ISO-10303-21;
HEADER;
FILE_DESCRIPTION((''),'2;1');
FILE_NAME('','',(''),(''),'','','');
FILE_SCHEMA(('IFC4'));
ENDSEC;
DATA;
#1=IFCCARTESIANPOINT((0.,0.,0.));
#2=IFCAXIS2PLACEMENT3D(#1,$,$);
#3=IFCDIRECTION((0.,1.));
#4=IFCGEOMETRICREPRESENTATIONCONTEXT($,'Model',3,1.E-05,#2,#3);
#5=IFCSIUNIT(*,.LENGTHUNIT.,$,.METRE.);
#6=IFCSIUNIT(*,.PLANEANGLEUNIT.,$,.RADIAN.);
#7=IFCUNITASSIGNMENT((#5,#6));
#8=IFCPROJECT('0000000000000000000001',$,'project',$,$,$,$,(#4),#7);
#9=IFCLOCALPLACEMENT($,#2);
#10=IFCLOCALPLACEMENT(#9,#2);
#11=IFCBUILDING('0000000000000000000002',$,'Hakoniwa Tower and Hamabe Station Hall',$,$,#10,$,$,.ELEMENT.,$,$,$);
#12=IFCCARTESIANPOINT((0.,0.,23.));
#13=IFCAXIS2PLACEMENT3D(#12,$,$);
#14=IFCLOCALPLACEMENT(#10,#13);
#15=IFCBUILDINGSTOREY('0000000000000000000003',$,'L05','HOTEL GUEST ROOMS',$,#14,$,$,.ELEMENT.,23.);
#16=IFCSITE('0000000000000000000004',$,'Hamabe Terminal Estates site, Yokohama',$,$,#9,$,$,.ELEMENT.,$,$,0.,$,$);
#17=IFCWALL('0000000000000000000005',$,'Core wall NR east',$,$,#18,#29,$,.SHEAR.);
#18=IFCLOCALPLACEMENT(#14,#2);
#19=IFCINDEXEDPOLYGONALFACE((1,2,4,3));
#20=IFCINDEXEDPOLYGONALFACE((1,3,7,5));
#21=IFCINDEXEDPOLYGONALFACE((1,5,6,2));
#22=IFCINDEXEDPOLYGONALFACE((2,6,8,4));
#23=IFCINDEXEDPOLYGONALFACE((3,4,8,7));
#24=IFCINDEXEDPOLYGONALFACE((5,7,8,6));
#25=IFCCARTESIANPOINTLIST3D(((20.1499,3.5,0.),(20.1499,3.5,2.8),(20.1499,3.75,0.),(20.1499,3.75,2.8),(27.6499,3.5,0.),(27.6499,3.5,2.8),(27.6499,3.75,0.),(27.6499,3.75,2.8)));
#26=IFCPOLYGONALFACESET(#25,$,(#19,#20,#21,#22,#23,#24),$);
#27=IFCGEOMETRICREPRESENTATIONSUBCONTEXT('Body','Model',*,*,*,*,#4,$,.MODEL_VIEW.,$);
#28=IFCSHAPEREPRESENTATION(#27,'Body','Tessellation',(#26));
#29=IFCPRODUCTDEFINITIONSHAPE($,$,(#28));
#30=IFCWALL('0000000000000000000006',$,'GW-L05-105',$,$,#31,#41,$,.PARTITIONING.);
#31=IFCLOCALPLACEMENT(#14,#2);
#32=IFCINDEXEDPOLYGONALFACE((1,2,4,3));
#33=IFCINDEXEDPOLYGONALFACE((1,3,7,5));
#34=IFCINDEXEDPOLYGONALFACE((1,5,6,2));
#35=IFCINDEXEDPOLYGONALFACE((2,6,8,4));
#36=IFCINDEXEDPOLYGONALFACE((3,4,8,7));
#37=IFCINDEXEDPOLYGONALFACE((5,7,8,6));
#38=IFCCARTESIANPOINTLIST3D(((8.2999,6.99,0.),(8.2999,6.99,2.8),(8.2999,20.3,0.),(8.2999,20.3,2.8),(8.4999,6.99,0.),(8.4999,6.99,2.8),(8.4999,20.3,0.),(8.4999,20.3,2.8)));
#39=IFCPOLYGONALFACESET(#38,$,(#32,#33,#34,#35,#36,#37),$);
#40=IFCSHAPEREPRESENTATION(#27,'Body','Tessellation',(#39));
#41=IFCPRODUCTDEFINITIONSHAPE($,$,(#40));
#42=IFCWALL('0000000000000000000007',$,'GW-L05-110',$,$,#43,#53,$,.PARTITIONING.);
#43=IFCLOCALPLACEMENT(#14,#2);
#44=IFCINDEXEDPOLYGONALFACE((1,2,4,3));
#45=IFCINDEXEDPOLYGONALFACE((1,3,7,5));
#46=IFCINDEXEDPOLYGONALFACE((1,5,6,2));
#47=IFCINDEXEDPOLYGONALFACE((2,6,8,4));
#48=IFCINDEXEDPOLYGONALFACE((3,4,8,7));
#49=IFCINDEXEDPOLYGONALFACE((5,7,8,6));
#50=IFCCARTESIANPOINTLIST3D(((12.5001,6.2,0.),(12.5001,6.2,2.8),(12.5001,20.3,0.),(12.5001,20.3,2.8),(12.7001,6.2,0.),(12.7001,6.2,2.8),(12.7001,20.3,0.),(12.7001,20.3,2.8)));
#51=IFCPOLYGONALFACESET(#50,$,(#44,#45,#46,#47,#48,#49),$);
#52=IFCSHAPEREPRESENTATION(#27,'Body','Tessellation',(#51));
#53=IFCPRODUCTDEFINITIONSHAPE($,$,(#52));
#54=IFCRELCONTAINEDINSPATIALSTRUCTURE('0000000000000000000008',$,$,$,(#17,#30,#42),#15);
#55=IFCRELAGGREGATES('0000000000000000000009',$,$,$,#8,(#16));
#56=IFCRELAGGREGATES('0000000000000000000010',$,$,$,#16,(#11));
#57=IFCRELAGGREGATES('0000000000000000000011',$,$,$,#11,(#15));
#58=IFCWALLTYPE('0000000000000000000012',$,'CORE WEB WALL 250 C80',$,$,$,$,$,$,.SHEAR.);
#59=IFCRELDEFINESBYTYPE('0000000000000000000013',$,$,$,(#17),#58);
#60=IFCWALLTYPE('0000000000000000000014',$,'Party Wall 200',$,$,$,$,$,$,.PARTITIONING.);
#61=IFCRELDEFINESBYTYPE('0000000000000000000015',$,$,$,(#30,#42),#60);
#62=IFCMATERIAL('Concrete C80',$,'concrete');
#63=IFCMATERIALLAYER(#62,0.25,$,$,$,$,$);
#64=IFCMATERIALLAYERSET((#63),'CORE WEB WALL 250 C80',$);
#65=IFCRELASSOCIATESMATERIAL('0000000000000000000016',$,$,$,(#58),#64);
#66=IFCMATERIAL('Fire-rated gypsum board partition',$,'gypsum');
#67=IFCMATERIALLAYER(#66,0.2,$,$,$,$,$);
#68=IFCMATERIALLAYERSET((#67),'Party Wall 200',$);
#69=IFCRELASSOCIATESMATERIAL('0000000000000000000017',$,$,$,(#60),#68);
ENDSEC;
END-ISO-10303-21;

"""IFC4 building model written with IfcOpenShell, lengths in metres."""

from ifc_helpers import new_model, si_unit, direction, frame, frame_2d, origin, place, context, subcontext, project, spatial, rectangle, extrude, material, layer, layer_set, type_object, element, save


model = new_model("IFC4")

# Units and contexts
model_context = context("Model", 3, precision=1e-05, world=origin(), true_north=direction((0.0, 1.0)))
body_context = subcontext(model_context, "Body", "Model", "MODEL_VIEW")
ifc_project = project(units=[si_unit("LENGTHUNIT", "METRE"), si_unit("PLANEANGLEUNIT", "RADIAN")], contexts=[model_context])

# Site, building, storey
site_placement = place(None, origin())
site = spatial("IfcSite", under=ifc_project, at=site_placement, Name="Hamabe Terminal Estates site, Yokohama", CompositionType="ELEMENT", RefElevation=0.0)
building_placement = place(site_placement, origin())
building = spatial("IfcBuilding", under=site, at=building_placement, Name="Hakoniwa Tower and Hamabe Station Hall", CompositionType="ELEMENT")
storey_placement = place(building_placement, frame((0.0, 0.0, 23.0)))
storey = spatial("IfcBuildingStorey", under=building, at=storey_placement, Name="L05", Description="HOTEL GUEST ROOMS", CompositionType="ELEMENT", Elevation=23.0)

# Shared definitions
ifc_material_1 = material(Name="Concrete C80", Category="concrete")
ifc_layer_1 = layer(ifc_material_1, 0.25)
ifc_layer_set_1 = layer_set([ifc_layer_1], Name="CORE WEB WALL 250 C80")
wall_type_1 = type_object("IfcWallType", Name="CORE WEB WALL 250 C80", PredefinedType="SHEAR", material=ifc_layer_set_1)

# Walls
wall_1_placement = place(storey_placement, frame((20.1499, 3.625, 0.0), z_axis=(0.0, 0.0, 1.0), x_axis=(1.0, 0.0, 0.0)))
element("IfcWall", 1, at=wall_1_placement, inside=storey, type_object=wall_type_1, Name="Core wall NR east", PredefinedType="SHEAR", context=body_context, shape_type="SweptSolid", body=[
    extrude(rectangle(XDim=7.5, YDim=0.25, at=frame_2d((3.75, 0.0))), origin(), (0.0, 0.0, 1.0), 2.8),
])
ifc_material_2 = material(Name="Fire-rated gypsum board partition", Category="gypsum")
ifc_layer_2 = layer(ifc_material_2, 0.2)
ifc_layer_set_2 = layer_set([ifc_layer_2], Name="Party Wall 200")
wall_type_2 = type_object("IfcWallType", Name="Party Wall 200", PredefinedType="PARTITIONING", material=ifc_layer_set_2)
wall_2_placement = place(storey_placement, frame((8.3999, 6.99, 0.0), z_axis=(0.0, 0.0, 1.0), x_axis=(0.0, 1.0, 0.0)))
element("IfcWall", 2, at=wall_2_placement, inside=storey, type_object=wall_type_2, Name="GW-L05-105", PredefinedType="PARTITIONING", context=body_context, shape_type="SweptSolid", body=[
    extrude(rectangle(XDim=13.3101, YDim=0.2, at=frame_2d((6.655, 0.0))), origin(), (0.0, 0.0, 1.0), 2.8),
])
wall_3_placement = place(storey_placement, frame((12.6001, 6.2, 0.0), z_axis=(0.0, 0.0, 1.0), x_axis=(0.0, 1.0, 0.0)))
element("IfcWall", 3, at=wall_3_placement, inside=storey, type_object=wall_type_2, Name="GW-L05-110", PredefinedType="PARTITIONING", context=body_context, shape_type="SweptSolid", body=[
    extrude(rectangle(XDim=14.1001, YDim=0.2, at=frame_2d((7.05, 0.0))), origin(), (0.0, 0.0, 1.0), 2.8),
])

save(model, "model.ifc")
